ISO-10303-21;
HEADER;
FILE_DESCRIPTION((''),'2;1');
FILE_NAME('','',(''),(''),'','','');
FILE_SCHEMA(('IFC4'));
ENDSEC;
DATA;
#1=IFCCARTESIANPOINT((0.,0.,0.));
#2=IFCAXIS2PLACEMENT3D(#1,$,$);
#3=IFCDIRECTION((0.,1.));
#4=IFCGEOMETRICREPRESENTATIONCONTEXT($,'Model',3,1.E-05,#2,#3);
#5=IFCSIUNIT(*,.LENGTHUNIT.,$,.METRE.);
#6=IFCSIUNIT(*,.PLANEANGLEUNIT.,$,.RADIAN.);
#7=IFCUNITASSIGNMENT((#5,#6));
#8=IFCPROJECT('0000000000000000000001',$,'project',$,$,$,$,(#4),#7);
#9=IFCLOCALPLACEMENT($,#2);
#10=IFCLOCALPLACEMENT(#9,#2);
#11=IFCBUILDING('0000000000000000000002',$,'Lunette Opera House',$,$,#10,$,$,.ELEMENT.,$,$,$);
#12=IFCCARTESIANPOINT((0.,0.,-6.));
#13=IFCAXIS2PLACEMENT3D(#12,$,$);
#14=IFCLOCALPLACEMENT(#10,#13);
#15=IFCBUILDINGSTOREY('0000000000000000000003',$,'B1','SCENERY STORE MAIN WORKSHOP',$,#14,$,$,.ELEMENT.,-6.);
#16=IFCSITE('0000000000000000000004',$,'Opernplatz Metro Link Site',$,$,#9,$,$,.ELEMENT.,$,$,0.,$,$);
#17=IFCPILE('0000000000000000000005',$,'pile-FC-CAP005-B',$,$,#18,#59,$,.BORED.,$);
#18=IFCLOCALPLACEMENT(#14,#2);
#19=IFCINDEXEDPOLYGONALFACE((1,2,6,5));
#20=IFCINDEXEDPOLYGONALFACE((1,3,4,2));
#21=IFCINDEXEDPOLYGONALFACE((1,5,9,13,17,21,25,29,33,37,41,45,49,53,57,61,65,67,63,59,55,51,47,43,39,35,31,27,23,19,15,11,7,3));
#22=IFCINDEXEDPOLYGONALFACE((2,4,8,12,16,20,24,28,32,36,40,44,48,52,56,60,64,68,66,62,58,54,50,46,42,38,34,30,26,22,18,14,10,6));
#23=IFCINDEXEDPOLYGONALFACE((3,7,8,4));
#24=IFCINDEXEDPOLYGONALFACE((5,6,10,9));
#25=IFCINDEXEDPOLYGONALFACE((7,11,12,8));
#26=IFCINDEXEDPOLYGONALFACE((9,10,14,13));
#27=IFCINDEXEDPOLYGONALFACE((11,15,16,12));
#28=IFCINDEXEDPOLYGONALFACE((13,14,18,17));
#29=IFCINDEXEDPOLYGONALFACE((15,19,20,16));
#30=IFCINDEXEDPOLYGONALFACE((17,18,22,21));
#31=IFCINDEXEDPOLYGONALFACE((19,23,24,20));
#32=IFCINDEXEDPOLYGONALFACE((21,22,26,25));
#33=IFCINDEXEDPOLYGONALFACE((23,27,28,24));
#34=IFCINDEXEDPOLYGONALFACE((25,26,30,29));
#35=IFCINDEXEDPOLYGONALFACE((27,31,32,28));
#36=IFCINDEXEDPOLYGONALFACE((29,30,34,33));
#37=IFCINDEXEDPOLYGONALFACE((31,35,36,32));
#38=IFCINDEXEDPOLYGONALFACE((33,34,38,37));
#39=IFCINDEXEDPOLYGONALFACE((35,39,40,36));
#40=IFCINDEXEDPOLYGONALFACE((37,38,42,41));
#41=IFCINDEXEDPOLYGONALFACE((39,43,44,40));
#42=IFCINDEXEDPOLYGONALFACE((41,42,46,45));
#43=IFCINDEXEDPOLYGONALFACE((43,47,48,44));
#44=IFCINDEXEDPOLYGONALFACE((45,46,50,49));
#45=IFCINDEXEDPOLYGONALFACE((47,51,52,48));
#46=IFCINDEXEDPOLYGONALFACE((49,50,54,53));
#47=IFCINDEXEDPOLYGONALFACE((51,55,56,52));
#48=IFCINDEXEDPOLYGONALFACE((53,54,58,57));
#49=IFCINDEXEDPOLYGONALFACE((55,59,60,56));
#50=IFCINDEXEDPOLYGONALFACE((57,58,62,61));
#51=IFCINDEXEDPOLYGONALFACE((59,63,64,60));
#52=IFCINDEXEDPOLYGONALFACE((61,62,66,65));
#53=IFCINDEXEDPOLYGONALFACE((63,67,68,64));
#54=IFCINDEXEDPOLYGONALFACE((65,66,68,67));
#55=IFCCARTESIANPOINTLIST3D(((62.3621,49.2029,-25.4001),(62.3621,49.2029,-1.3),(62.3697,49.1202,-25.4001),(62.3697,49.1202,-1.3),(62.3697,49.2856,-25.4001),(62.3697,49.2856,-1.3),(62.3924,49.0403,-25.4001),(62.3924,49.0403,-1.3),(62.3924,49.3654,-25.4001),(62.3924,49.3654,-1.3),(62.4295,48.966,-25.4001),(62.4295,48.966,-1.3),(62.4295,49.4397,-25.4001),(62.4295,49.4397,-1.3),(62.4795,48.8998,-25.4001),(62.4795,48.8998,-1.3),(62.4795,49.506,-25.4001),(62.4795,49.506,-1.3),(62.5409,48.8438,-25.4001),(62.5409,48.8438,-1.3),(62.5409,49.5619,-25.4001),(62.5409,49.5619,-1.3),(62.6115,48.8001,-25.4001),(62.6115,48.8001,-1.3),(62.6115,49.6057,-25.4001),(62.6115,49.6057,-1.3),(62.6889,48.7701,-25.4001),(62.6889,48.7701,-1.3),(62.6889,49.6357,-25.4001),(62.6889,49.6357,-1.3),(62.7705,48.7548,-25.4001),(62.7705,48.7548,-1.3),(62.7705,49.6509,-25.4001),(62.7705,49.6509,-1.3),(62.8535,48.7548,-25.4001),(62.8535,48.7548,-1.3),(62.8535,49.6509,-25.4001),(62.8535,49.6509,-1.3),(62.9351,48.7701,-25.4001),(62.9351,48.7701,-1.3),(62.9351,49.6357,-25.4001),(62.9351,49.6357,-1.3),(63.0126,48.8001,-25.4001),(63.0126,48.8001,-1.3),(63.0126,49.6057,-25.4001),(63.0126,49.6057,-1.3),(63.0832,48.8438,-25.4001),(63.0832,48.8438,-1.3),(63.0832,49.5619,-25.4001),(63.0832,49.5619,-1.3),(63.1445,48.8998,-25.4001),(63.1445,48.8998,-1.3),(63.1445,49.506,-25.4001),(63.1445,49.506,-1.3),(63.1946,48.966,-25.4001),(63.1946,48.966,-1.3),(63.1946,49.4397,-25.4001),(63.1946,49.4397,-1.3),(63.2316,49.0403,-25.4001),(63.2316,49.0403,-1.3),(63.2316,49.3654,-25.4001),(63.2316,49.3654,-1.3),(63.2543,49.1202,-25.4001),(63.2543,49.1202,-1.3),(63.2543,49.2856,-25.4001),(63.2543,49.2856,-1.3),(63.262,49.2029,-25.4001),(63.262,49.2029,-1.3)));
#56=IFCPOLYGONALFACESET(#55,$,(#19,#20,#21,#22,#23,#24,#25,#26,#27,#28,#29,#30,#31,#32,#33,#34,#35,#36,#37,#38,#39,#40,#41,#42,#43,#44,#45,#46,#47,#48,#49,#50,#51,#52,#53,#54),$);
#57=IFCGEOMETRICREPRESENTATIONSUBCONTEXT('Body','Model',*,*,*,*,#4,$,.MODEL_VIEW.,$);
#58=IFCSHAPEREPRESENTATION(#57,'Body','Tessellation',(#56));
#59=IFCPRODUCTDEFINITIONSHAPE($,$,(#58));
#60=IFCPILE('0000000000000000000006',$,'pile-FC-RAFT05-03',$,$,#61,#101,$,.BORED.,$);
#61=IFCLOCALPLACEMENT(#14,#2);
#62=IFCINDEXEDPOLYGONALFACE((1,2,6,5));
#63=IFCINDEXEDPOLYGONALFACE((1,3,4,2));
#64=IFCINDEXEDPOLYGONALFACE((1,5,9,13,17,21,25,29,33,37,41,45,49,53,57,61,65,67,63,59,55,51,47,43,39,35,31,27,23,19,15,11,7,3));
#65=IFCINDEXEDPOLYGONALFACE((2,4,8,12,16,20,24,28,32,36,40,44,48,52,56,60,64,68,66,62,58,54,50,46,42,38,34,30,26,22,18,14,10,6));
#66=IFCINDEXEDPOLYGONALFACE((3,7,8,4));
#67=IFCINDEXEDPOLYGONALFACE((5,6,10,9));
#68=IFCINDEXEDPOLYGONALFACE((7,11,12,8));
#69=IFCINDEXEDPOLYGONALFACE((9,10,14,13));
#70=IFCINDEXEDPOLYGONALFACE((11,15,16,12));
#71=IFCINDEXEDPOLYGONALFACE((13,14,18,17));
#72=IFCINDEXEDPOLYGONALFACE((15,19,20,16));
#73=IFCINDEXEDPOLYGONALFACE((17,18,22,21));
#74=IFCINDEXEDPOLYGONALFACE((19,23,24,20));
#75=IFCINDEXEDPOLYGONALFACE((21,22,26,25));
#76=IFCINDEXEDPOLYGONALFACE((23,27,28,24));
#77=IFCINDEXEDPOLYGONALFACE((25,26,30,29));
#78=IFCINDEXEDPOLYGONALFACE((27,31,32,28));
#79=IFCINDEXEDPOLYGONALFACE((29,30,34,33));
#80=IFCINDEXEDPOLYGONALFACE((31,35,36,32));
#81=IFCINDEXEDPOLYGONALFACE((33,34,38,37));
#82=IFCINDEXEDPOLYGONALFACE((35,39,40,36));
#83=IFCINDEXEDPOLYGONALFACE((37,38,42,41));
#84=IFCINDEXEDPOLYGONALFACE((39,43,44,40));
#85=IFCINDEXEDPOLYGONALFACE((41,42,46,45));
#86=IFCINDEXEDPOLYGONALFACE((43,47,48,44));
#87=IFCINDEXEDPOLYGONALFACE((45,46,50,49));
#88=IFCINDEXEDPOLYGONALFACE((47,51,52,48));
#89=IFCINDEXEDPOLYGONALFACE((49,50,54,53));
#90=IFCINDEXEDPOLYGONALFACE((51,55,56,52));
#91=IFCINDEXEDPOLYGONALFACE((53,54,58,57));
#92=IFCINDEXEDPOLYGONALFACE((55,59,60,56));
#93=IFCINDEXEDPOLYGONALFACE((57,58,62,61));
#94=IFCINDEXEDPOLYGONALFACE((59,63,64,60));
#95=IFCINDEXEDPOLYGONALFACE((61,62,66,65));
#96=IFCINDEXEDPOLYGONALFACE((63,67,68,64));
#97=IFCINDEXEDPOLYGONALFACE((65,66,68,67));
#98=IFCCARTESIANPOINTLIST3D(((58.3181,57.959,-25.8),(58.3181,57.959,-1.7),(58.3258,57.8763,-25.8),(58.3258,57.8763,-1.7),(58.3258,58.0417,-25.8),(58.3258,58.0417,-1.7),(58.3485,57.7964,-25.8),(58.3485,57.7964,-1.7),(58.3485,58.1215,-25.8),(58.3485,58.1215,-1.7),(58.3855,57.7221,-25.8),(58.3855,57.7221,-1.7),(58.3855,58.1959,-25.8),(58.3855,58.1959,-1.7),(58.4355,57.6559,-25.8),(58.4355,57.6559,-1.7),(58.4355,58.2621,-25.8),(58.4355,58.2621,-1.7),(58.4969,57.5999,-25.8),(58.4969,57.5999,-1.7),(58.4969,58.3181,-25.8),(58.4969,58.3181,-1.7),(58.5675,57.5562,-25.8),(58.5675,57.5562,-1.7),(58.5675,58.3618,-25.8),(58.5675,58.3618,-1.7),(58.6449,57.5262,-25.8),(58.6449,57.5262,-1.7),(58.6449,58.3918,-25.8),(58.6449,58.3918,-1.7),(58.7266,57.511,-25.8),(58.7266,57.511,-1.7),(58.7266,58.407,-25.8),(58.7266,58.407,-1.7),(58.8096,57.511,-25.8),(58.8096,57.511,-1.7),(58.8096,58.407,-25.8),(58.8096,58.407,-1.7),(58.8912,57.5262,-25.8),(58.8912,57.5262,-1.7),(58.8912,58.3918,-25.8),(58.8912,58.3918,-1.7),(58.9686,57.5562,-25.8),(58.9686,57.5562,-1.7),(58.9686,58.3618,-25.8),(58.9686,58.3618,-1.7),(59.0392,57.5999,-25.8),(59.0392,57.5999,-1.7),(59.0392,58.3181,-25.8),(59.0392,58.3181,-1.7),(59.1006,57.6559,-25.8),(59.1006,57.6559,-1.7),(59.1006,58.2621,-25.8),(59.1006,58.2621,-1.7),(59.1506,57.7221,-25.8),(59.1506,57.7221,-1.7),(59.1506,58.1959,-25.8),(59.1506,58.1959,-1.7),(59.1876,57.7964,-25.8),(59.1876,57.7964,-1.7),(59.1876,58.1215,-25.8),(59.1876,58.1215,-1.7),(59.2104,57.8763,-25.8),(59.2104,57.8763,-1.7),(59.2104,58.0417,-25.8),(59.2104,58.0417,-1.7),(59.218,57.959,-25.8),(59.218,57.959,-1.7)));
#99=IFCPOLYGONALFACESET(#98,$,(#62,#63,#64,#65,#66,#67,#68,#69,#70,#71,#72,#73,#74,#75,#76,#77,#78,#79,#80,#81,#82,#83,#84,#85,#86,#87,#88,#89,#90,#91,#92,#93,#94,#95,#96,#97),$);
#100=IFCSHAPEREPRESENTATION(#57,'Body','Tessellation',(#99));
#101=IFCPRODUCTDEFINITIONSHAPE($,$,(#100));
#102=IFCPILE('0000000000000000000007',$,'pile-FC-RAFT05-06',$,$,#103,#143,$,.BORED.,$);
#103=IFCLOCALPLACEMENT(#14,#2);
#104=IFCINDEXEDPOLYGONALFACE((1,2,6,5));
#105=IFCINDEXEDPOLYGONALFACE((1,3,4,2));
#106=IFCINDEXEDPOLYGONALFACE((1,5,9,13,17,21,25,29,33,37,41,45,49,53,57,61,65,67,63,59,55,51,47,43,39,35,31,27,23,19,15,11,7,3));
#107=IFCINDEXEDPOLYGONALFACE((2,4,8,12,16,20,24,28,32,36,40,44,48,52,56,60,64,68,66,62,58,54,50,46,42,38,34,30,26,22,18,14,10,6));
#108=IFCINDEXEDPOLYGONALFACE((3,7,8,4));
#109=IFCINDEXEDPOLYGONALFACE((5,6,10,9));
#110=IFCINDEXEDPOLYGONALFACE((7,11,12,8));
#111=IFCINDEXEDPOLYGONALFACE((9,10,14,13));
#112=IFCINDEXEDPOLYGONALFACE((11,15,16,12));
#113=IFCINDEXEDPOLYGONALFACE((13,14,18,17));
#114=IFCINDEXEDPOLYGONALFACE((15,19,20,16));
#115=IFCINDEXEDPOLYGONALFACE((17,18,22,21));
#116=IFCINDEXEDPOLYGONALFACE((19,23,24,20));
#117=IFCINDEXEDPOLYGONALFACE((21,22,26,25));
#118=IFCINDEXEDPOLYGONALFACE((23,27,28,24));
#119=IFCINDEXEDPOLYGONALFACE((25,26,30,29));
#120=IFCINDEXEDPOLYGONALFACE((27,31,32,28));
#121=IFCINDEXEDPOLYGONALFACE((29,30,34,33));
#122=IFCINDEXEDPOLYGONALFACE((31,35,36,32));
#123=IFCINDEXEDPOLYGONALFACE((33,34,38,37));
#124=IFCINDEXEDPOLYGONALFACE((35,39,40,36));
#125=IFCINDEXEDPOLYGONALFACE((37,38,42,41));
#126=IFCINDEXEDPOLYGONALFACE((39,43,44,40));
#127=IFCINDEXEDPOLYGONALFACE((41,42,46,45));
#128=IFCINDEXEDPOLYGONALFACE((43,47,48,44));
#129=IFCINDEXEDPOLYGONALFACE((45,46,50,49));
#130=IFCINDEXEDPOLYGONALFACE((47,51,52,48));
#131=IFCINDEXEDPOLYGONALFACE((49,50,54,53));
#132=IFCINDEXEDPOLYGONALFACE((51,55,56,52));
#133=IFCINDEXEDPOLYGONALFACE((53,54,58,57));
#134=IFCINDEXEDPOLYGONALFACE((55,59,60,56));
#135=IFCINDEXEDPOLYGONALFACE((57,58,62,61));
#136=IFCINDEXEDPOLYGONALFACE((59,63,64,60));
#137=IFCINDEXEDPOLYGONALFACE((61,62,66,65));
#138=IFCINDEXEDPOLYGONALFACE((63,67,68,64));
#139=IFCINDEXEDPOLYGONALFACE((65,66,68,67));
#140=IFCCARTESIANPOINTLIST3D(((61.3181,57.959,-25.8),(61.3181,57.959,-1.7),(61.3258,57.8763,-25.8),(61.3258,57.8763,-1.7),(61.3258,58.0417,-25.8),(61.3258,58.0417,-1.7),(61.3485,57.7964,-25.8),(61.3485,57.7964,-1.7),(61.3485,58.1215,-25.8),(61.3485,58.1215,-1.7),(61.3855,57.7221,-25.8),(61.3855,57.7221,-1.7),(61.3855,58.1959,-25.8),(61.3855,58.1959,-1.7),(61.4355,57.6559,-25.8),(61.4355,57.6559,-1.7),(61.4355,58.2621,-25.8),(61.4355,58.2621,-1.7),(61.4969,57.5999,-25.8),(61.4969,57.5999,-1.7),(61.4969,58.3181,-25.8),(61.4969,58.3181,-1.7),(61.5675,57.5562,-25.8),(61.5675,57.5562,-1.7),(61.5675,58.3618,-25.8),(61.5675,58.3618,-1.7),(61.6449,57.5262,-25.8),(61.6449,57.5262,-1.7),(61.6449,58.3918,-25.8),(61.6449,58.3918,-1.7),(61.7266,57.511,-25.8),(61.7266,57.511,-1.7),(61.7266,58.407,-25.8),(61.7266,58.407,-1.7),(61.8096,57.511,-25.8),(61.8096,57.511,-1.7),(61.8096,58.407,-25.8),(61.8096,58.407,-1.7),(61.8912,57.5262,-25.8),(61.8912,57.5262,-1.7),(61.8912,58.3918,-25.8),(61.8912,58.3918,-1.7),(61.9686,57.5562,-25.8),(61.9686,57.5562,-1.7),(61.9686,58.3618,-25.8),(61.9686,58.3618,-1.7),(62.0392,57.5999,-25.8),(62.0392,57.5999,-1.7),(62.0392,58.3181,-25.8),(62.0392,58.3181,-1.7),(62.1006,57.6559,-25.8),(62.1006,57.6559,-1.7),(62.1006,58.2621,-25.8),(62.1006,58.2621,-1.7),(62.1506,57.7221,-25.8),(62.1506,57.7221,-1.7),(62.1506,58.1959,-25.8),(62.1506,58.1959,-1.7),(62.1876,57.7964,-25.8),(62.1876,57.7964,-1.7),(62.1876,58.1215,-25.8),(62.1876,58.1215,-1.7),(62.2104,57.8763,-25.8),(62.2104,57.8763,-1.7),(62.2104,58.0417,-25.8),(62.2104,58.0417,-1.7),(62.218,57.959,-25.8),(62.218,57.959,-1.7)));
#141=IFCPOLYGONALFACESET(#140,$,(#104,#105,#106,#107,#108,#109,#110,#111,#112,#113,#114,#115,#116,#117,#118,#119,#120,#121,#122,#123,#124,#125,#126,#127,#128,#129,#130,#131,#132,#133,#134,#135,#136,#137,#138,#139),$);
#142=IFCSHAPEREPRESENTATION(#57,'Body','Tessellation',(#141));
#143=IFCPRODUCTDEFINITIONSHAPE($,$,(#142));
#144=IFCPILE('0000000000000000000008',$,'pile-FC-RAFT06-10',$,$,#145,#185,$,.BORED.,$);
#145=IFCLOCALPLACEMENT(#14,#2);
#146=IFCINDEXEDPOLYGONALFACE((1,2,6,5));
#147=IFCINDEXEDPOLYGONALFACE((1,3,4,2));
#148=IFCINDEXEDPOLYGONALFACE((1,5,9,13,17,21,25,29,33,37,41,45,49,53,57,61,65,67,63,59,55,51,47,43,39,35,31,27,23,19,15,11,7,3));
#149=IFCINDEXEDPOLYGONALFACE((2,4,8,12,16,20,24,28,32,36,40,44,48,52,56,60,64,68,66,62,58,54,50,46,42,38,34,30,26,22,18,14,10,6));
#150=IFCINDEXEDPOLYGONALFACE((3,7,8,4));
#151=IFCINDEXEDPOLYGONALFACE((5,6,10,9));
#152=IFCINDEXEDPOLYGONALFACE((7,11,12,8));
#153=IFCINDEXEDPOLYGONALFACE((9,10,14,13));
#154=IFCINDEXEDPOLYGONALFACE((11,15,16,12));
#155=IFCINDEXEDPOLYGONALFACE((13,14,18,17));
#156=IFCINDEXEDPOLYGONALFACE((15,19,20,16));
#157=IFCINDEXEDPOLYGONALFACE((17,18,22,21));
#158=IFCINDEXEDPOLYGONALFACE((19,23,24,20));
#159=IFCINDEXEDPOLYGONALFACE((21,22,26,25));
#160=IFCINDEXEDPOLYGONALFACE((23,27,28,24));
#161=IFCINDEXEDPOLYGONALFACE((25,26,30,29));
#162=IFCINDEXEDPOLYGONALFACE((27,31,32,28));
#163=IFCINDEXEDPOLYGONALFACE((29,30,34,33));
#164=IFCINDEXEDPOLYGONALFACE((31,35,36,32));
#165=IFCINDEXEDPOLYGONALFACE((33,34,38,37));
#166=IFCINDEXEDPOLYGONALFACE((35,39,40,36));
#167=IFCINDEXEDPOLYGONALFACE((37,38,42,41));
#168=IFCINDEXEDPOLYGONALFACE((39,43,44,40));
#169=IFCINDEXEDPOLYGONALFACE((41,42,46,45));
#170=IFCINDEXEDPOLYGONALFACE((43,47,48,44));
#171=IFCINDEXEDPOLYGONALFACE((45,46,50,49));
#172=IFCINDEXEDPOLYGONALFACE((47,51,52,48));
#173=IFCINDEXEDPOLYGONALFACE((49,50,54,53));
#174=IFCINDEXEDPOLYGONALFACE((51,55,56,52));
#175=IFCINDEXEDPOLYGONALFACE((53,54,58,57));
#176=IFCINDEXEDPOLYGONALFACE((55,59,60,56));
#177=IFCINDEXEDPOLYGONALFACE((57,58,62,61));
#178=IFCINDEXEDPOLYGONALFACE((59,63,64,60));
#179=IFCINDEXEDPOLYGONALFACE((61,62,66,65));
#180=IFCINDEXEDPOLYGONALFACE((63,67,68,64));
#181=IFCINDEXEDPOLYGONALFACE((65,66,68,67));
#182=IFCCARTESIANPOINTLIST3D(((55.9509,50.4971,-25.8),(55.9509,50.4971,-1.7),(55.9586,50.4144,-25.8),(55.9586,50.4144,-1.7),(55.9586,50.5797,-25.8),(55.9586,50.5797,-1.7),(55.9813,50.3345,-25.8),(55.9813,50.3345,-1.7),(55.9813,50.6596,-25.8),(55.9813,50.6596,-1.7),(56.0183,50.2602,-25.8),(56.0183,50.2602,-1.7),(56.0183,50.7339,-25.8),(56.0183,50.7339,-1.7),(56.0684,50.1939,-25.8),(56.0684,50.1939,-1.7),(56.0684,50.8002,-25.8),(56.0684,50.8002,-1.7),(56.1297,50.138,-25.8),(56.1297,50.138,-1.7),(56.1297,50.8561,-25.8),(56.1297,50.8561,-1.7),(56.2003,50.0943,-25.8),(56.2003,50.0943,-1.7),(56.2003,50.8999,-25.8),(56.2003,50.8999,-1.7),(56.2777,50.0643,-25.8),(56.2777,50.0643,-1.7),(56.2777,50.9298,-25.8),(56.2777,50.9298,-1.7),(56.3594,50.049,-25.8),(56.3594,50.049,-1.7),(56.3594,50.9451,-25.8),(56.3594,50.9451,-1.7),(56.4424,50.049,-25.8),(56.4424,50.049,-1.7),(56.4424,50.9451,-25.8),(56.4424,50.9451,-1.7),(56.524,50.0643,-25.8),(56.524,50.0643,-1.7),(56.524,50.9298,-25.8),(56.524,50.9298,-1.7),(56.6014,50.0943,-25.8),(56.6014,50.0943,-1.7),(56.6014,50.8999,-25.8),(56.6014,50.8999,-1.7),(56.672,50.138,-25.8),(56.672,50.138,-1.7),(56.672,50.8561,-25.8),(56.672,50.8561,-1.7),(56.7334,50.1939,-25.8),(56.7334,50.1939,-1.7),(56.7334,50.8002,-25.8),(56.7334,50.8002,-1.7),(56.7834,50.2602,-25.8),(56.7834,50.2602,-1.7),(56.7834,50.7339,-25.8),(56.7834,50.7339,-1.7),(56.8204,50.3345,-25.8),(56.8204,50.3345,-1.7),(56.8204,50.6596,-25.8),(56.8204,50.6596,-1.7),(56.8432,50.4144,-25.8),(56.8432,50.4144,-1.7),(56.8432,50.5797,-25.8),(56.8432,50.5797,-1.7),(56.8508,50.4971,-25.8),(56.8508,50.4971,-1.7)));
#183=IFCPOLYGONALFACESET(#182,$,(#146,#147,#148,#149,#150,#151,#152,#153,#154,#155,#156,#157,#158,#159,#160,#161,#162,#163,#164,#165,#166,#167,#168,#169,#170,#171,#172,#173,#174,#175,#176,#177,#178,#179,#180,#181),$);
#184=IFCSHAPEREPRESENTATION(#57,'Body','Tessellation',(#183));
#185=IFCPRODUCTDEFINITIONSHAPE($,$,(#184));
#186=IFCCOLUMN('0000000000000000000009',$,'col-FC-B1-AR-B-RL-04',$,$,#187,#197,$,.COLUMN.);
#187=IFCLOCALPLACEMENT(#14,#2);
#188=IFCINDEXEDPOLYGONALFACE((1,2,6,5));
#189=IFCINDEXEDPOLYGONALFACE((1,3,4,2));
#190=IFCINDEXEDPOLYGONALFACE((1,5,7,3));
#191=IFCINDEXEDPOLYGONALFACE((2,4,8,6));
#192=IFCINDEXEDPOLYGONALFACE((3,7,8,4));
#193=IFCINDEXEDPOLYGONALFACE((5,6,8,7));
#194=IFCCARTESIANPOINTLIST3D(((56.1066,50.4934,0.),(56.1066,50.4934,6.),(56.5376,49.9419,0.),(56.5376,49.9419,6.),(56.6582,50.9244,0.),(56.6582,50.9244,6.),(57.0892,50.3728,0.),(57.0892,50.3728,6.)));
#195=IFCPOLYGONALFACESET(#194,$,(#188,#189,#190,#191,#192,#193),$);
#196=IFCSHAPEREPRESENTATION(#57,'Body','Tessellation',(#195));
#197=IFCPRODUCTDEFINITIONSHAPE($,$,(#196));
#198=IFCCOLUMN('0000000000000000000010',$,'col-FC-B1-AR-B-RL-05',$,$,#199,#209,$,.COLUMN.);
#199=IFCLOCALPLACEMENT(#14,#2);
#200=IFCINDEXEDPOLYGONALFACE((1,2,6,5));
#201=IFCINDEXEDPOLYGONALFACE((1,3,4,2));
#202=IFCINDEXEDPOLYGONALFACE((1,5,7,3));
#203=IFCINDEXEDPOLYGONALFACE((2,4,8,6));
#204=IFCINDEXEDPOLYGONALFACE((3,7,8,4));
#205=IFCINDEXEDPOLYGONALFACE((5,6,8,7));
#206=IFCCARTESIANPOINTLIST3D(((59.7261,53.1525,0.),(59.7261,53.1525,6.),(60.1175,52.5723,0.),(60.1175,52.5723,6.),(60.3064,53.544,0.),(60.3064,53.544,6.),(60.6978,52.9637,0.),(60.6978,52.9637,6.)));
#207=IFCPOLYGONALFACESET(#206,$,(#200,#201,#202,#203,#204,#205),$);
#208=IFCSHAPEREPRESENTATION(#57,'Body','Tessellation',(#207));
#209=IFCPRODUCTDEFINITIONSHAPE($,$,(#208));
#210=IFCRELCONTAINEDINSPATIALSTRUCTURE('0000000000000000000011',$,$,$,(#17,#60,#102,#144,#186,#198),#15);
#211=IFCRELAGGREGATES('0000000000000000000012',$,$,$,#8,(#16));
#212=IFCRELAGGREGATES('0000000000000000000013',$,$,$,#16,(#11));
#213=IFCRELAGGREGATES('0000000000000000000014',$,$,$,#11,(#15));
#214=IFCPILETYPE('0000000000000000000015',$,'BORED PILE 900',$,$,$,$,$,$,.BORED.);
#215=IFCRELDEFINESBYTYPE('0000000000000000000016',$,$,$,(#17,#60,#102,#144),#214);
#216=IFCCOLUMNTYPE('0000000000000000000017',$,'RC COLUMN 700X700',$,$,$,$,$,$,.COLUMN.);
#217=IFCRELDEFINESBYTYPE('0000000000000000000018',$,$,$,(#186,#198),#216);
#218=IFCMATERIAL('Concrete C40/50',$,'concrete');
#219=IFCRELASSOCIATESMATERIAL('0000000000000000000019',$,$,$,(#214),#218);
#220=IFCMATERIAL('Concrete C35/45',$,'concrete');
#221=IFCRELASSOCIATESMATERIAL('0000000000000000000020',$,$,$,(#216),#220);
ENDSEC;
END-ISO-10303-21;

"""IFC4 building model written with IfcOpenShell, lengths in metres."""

from ifc_helpers import new_model, si_unit, direction, frame, origin, origin_2d, place, context, subcontext, project, spatial, rectangle, circle, extrude, material, material_profile, profile_set, type_object, element, save


model = new_model("IFC4")

# Units and contexts
model_context = context("Model", 3, precision=1e-05, world=origin(), true_north=direction((0.0, 1.0)))
body_context = subcontext(model_context, "Body", "Model", "MODEL_VIEW")
ifc_project = project(units=[si_unit("LENGTHUNIT", "METRE"), si_unit("PLANEANGLEUNIT", "RADIAN")], contexts=[model_context])

# Site, building, storey
site_placement = place(None, origin())
site = spatial("IfcSite", under=ifc_project, at=site_placement, Name="Opernplatz Metro Link Site", CompositionType="ELEMENT", RefElevation=0.0)
building_placement = place(site_placement, origin())
building = spatial("IfcBuilding", under=site, at=building_placement, Name="Lunette Opera House", CompositionType="ELEMENT")
storey_placement = place(building_placement, frame((0.0, 0.0, -6.0)))
storey = spatial("IfcBuildingStorey", under=building, at=storey_placement, Name="B1", Description="SCENERY STORE MAIN WORKSHOP", CompositionType="ELEMENT", Elevation=-6.0)

# Piles
ifc_material_1 = material(Name="Concrete C40/50", Category="concrete")
ifc_material_profile_1 = material_profile(ifc_material_1, circle(Radius=0.45, at=origin_2d()), Name="BORED PILE 900")
ifc_profile_set_1 = profile_set([ifc_material_profile_1], Name="Concrete C40/50")
pile_type = type_object("IfcPileType", Name="BORED PILE 900", PredefinedType="BORED", material=ifc_profile_set_1)
for number, where, z_axis, x_axis, name in (
    (1, (62.812, 49.2029, -1.3), (0.0, 0.0, -1.0), (1.0, 0.0, 0.0), "pile-FC-CAP005-B"),
    (2, (58.7681, 57.959, -1.7), (0.0, 0.0, -1.0), (1.0, 0.0, 0.0), "pile-FC-RAFT05-03"),
    (3, (61.7681, 57.959, -1.7), (0.0, 0.0, -1.0), (1.0, 0.0, 0.0), "pile-FC-RAFT05-06"),
    (4, (56.4009, 50.4971, -1.7), (0.0, 0.0, -1.0), (1.0, 0.0, 0.0), "pile-FC-RAFT06-10"),
):
    element("IfcPile", number, at=place(storey_placement, frame(where, z_axis=z_axis, x_axis=x_axis)), inside=storey, type_object=pile_type, Name=name, PredefinedType="BORED", context=body_context, shape_type="SweptSolid", body=[
        extrude(circle(Radius=0.45, at=origin_2d()), origin(), (0.0, 0.0, 1.0), 24.1001),
    ])

# Columns
ifc_material_2 = material(Name="Concrete C35/45", Category="concrete")
ifc_material_profile_2 = material_profile(ifc_material_2, rectangle(XDim=0.7, YDim=0.7, at=origin_2d()), Name="RC COLUMN 700X700")
ifc_profile_set_2 = profile_set([ifc_material_profile_2], Name="Concrete C35/45")
column_type = type_object("IfcColumnType", Name="RC COLUMN 700X700", PredefinedType="COLUMN", material=ifc_profile_set_2)
for number, where, z_axis, x_axis, name in (
    (5, (56.5979, 50.4331, 0.0), (0.0, 0.0, 1.0), (0.788011, 0.615661, 0.0), "col-FC-B1-AR-B-RL-04"),
    (6, (60.2119, 53.0581, 0.0), (0.0, 0.0, 1.0), (0.829038, 0.559193, 0.0), "col-FC-B1-AR-B-RL-05"),
):
    element("IfcColumn", number, at=place(storey_placement, frame(where, z_axis=z_axis, x_axis=x_axis)), inside=storey, type_object=column_type, Name=name, PredefinedType="COLUMN", context=body_context, shape_type="SweptSolid", body=[
        extrude(rectangle(XDim=0.7, YDim=0.7, at=origin_2d()), origin(), (0.0, 0.0, 1.0), 6.0),
    ])

save(model, "model.ifc")
